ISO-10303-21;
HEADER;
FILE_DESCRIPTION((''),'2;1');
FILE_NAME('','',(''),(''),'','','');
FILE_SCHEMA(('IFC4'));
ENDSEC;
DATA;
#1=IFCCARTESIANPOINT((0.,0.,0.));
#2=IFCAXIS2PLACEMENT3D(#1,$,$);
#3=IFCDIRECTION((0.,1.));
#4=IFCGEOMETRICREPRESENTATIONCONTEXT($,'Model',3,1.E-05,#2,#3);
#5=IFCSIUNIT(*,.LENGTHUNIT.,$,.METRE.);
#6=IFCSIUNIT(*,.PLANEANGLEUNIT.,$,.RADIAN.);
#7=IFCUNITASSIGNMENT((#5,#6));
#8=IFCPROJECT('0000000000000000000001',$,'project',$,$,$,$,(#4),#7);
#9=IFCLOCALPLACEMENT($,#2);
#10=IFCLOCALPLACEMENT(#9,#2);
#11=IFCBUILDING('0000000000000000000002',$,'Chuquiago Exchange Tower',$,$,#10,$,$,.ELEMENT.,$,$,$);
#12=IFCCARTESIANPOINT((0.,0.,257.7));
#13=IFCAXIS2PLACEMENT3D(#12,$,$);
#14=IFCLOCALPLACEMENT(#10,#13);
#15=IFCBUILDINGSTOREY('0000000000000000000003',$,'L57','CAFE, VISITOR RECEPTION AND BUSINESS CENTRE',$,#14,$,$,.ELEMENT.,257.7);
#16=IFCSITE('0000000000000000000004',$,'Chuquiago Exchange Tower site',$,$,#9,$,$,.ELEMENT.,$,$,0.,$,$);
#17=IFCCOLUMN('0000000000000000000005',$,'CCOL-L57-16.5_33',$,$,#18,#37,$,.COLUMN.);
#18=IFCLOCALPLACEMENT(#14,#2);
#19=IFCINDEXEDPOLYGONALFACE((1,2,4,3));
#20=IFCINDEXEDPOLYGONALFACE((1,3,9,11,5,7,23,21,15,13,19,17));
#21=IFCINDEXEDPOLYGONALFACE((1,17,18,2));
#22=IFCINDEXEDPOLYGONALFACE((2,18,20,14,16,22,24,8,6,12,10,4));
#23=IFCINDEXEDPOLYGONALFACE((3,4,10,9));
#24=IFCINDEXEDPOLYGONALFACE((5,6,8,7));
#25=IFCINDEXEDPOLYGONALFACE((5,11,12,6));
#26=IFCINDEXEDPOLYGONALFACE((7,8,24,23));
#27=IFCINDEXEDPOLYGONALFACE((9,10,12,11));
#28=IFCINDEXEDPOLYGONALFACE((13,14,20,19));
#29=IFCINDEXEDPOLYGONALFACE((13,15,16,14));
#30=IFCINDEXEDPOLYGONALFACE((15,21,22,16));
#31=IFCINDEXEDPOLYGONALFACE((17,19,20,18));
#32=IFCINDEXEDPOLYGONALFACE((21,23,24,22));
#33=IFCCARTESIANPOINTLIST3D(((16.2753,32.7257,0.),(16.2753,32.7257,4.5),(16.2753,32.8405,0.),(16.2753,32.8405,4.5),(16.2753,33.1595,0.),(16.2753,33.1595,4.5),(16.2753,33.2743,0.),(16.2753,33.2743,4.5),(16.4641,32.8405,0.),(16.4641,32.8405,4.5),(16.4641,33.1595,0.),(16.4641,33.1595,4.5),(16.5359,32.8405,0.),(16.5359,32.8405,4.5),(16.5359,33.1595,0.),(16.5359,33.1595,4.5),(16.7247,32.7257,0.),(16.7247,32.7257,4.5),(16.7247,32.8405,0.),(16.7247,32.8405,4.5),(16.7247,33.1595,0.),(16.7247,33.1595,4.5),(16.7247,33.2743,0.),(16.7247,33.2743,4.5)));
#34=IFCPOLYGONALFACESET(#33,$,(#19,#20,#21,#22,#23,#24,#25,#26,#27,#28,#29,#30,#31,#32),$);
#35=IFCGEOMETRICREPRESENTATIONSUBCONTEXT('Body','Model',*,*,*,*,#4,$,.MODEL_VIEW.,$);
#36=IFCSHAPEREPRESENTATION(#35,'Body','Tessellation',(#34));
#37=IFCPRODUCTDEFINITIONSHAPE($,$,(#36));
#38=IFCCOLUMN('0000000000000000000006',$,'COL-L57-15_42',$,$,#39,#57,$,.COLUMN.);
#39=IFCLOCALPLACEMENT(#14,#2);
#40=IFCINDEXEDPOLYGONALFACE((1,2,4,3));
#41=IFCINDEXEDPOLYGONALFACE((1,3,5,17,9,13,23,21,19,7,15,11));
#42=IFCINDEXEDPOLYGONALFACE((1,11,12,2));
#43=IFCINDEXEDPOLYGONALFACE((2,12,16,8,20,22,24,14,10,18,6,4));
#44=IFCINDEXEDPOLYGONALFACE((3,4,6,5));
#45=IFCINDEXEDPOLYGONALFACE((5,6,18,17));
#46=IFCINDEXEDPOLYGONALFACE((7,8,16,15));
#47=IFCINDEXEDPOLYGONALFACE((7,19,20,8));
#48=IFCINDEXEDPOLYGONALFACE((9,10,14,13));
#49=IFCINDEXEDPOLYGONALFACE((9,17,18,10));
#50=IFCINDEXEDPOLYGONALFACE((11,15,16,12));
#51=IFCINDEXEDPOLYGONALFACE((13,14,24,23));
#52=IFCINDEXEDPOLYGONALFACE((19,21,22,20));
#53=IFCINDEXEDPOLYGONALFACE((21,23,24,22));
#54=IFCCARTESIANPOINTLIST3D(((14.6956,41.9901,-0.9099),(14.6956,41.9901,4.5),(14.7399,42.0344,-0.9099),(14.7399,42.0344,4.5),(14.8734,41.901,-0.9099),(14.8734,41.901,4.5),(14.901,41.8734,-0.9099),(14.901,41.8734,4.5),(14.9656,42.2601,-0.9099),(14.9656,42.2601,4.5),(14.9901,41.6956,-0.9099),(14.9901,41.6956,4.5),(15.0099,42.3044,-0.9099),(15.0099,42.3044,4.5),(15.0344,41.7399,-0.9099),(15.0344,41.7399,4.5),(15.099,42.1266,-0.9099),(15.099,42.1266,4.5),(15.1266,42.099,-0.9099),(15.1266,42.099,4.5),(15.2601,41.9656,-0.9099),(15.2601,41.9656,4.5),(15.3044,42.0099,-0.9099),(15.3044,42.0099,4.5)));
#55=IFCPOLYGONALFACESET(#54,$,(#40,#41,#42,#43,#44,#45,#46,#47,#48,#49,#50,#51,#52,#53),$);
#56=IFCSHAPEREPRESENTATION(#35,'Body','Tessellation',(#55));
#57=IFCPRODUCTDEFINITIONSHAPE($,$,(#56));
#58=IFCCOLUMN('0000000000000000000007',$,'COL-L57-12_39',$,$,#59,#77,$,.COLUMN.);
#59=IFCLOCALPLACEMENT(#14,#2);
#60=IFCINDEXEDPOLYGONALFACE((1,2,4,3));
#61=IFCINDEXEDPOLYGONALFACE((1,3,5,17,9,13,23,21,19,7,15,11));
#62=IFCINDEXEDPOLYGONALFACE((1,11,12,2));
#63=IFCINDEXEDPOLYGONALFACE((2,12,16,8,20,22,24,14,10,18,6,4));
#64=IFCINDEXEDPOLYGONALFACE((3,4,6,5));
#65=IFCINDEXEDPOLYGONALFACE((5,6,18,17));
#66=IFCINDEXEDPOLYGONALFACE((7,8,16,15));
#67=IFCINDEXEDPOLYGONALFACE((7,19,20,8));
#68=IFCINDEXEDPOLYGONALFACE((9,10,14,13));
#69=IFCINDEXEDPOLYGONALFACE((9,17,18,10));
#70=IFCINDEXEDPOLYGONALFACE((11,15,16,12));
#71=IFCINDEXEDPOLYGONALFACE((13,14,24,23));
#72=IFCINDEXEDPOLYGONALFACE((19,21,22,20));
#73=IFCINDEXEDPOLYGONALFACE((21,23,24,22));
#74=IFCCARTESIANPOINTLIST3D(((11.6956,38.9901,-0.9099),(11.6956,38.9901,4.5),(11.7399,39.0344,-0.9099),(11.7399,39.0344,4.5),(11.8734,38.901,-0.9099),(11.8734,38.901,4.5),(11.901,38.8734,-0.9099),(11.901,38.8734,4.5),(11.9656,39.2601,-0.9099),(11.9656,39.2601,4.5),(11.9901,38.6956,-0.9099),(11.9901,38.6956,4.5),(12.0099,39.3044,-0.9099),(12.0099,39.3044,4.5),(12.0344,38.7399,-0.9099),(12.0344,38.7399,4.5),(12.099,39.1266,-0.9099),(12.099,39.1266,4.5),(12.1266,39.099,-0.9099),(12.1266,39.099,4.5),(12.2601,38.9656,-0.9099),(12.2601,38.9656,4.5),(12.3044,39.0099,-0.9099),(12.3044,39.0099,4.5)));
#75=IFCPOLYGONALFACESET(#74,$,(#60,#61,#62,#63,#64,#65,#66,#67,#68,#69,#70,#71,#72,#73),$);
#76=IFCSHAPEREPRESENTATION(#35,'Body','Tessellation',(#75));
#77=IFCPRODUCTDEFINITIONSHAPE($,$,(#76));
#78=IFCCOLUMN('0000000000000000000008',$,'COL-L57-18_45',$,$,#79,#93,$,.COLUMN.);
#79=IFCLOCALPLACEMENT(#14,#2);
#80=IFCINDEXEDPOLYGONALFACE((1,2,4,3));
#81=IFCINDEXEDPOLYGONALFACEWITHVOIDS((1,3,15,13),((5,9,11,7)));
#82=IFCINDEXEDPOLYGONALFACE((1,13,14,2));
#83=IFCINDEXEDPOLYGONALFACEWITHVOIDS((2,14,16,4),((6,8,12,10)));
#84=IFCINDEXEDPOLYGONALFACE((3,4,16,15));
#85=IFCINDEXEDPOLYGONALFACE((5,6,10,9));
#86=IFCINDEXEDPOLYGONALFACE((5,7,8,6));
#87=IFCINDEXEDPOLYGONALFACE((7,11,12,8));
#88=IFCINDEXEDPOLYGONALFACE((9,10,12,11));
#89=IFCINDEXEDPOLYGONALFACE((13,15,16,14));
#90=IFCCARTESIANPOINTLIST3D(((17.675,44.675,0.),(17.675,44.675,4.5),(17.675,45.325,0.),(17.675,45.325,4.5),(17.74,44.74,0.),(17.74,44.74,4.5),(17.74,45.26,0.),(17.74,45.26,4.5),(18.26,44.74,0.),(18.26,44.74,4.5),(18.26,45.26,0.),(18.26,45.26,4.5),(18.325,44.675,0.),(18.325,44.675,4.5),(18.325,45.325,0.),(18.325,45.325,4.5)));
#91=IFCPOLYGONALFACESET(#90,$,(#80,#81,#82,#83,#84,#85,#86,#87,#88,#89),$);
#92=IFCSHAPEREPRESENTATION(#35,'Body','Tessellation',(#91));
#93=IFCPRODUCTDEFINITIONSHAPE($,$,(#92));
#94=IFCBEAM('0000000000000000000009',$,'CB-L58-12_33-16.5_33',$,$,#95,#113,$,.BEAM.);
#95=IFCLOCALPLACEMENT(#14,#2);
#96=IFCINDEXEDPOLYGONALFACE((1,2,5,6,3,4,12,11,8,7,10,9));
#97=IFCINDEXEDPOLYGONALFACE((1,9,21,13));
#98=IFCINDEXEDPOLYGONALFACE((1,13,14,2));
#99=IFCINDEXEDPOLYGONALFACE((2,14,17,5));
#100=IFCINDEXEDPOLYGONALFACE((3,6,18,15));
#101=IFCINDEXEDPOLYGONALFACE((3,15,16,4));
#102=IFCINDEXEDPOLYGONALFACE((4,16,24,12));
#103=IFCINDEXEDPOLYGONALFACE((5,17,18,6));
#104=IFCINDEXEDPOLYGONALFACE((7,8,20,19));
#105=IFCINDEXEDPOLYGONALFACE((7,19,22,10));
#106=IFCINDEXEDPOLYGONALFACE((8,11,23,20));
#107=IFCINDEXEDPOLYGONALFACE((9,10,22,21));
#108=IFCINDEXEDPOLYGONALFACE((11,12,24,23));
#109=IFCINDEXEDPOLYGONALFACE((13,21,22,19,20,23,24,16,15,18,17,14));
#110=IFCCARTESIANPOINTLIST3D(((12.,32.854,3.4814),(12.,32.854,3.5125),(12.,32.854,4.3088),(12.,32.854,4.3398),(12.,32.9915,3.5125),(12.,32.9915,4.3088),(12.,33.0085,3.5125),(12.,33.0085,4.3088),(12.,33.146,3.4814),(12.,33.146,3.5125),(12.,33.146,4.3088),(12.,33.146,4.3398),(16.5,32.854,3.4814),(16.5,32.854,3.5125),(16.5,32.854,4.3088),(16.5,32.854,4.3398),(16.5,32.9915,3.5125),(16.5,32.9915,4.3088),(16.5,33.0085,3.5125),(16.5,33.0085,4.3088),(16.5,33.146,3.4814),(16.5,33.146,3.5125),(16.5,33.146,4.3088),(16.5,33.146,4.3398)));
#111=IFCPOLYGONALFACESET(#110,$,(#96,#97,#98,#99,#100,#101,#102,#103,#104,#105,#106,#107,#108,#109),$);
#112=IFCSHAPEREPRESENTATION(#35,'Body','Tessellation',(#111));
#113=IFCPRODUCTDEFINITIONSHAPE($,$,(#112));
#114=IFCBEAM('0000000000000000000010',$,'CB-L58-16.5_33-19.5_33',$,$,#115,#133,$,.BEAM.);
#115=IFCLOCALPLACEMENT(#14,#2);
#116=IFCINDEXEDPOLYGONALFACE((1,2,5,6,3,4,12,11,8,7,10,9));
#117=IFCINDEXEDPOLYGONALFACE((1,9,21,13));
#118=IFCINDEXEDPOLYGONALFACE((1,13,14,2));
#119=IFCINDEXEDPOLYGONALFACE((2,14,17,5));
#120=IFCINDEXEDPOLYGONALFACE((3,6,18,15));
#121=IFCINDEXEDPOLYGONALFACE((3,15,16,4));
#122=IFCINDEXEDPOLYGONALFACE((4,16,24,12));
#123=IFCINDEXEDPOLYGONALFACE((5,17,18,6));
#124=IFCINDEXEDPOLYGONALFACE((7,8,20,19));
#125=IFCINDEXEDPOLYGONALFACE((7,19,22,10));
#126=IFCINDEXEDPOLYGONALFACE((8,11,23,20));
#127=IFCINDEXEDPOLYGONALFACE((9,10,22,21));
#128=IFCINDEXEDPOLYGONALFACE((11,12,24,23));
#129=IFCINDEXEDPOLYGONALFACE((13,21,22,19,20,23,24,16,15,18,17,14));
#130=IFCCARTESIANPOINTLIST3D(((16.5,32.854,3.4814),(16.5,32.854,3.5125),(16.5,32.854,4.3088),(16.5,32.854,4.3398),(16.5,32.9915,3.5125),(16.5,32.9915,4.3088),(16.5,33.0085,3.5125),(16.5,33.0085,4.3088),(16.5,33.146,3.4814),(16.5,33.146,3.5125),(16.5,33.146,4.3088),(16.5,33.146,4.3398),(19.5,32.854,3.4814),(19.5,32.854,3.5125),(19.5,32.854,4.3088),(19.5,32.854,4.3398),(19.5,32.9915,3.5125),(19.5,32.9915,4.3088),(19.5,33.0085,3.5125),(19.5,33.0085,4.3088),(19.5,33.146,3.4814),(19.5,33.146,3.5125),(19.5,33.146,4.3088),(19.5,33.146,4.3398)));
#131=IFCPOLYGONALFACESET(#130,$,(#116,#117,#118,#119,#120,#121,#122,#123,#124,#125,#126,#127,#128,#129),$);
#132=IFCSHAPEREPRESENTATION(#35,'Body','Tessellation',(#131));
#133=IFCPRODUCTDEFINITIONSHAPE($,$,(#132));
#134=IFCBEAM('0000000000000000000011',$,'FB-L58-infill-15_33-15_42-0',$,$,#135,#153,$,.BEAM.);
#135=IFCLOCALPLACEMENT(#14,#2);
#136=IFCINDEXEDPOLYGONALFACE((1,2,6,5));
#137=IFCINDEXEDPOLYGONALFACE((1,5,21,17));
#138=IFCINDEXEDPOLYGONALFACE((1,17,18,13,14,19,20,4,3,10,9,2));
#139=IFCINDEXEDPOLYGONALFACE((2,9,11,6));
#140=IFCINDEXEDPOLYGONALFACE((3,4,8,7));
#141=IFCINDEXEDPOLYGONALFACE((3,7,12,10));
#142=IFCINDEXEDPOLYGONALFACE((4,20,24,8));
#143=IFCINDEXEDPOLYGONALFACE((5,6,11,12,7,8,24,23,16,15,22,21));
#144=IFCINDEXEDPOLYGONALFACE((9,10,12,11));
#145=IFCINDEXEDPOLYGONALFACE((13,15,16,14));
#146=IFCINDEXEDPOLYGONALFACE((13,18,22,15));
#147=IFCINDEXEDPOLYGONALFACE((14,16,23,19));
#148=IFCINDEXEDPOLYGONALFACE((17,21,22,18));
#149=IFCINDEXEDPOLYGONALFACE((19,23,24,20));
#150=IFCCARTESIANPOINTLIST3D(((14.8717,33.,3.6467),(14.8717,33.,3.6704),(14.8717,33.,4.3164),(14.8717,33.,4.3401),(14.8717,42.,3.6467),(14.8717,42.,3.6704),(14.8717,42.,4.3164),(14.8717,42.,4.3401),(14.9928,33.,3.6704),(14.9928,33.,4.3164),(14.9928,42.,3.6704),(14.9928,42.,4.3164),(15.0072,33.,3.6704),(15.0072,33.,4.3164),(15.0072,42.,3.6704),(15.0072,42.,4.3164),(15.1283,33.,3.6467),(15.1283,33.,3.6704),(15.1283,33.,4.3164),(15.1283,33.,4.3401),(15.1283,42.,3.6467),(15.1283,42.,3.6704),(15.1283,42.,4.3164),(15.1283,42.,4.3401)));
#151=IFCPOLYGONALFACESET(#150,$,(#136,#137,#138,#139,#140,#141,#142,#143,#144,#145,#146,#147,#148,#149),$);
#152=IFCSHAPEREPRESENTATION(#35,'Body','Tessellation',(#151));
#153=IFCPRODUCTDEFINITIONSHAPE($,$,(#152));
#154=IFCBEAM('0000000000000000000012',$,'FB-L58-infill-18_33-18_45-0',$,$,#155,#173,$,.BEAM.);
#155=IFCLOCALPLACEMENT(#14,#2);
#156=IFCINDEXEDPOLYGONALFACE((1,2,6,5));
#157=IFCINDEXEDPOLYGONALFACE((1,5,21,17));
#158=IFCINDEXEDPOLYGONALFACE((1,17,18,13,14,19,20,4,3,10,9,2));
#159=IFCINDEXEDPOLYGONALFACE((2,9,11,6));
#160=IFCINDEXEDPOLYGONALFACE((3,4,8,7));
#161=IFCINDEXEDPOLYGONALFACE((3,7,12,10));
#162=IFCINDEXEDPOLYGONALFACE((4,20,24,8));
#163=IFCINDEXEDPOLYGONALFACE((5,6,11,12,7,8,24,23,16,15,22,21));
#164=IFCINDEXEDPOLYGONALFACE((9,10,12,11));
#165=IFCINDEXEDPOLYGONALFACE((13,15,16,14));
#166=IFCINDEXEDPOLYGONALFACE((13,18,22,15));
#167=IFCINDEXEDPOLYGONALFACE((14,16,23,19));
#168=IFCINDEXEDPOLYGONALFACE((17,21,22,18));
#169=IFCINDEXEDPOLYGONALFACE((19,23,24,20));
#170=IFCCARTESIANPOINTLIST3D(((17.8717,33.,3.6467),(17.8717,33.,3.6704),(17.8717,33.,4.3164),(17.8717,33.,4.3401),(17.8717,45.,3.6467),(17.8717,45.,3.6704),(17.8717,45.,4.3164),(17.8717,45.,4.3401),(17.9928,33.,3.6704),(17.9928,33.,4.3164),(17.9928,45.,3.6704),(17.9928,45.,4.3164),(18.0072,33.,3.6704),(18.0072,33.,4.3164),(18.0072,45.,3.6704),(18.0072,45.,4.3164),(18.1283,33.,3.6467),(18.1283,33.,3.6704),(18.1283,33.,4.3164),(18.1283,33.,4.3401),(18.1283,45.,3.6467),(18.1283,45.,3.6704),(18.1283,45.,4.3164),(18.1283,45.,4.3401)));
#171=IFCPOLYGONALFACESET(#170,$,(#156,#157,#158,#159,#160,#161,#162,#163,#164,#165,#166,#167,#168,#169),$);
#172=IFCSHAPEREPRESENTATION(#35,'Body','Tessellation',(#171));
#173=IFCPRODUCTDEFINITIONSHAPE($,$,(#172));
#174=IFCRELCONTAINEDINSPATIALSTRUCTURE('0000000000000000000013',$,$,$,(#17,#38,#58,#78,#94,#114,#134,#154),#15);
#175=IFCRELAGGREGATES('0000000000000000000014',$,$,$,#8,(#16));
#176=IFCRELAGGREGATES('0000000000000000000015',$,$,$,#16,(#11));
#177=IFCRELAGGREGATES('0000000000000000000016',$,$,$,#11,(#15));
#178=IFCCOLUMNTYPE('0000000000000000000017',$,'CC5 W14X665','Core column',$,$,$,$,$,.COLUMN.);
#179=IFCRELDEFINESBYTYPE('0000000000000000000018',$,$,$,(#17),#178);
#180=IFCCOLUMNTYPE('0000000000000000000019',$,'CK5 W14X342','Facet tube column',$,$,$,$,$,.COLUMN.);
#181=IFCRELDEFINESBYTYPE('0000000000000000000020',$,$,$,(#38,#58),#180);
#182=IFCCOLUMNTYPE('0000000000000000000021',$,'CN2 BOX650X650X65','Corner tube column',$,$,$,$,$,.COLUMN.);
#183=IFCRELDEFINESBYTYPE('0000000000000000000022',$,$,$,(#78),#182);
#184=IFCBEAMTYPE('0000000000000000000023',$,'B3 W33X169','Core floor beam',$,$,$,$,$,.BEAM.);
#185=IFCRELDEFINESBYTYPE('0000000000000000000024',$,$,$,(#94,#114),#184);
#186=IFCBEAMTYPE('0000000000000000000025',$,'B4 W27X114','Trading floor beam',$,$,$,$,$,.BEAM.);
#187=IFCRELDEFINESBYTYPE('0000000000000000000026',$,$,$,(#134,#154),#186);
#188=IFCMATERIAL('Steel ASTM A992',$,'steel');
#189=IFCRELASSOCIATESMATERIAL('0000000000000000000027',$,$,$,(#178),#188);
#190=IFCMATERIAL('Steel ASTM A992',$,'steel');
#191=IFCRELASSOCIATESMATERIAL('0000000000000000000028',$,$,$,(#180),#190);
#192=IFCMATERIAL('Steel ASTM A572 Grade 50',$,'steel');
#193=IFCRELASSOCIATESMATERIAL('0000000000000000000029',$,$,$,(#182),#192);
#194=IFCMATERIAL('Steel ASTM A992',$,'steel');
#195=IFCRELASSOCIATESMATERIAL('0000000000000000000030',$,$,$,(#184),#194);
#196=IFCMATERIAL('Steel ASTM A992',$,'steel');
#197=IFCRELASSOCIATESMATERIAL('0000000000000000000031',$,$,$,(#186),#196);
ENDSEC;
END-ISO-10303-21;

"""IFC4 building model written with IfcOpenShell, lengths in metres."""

from ifc_helpers import new_model, si_unit, direction, frame, origin, origin_2d, place, context, subcontext, project, spatial, hollow_rectangle, i_section, extrude, material, material_profile, profile_set, type_object, element, save


model = new_model("IFC4")

# Units and contexts
model_context = context("Model", 3, precision=1e-05, world=origin(), true_north=direction((0.0, 1.0)))
body_context = subcontext(model_context, "Body", "Model", "MODEL_VIEW")
ifc_project = project(units=[si_unit("LENGTHUNIT", "METRE"), si_unit("PLANEANGLEUNIT", "RADIAN")], contexts=[model_context])

# Site, building, storey
site_placement = place(None, origin())
site = spatial("IfcSite", under=ifc_project, at=site_placement, Name="Chuquiago Exchange Tower site", CompositionType="ELEMENT", RefElevation=0.0)
building_placement = place(site_placement, origin())
building = spatial("IfcBuilding", under=site, at=building_placement, Name="Chuquiago Exchange Tower", CompositionType="ELEMENT")
storey_placement = place(building_placement, frame((0.0, 0.0, 257.7)))
storey = spatial("IfcBuildingStorey", under=building, at=storey_placement, Name="L57", Description="CAFE, VISITOR RECEPTION AND BUSINESS CENTRE", CompositionType="ELEMENT", Elevation=257.7)

# Columns
ifc_material_1 = material(Name="Steel ASTM A992", Category="steel")
ifc_material_profile_1 = material_profile(ifc_material_1, i_section(OverallWidth=0.4495, OverallDepth=0.5486, WebThickness=0.0718, FlangeThickness=0.1147, at=origin_2d()), Name="W14X665")
ifc_profile_set_1 = profile_set([ifc_material_profile_1], Name="Steel ASTM A992")
column_type_1 = type_object("IfcColumnType", Name="CC5 W14X665", Description="Core column", PredefinedType="COLUMN", material=ifc_profile_set_1)
column_1_placement = place(storey_placement, frame((16.5, 33.0, 0.0), z_axis=(0.0, 0.0, 1.0), x_axis=(1.0, 0.0, 0.0)))
element("IfcColumn", 1, at=column_1_placement, inside=storey, type_object=column_type_1, Name="CCOL-L57-16.5_33", PredefinedType="COLUMN", context=body_context, shape_type="SweptSolid", body=[
    extrude(i_section(OverallWidth=0.4495, OverallDepth=0.5486, WebThickness=0.0718, FlangeThickness=0.1147, at=origin_2d()), origin(), (0.0, 0.0, 1.0), 4.5),
])
ifc_material_2 = material(Name="Steel ASTM A992", Category="steel")
ifc_material_profile_2 = material_profile(ifc_material_2, i_section(OverallWidth=0.4165, OverallDepth=0.4446, WebThickness=0.0391, FlangeThickness=0.0627, at=origin_2d()), Name="W14X342")
ifc_profile_set_2 = profile_set([ifc_material_profile_2], Name="Steel ASTM A992")
column_type_2 = type_object("IfcColumnType", Name="CK5 W14X342", Description="Facet tube column", PredefinedType="COLUMN", material=ifc_profile_set_2)
for number, where, z_axis, x_axis, name in (
    (2, (15.0, 42.0, -0.9099), (0.0, 0.0, 1.0), (-0.707107, 0.707107, 0.0), "COL-L57-15_42"),
    (3, (12.0, 39.0, -0.9099), (0.0, 0.0, 1.0), (-0.707107, 0.707107, 0.0), "COL-L57-12_39"),
):
    element("IfcColumn", number, at=place(storey_placement, frame(where, z_axis=z_axis, x_axis=x_axis)), inside=storey, type_object=column_type_2, Name=name, PredefinedType="COLUMN", context=body_context, shape_type="SweptSolid", body=[
        extrude(i_section(OverallWidth=0.4165, OverallDepth=0.4446, WebThickness=0.0391, FlangeThickness=0.0627, at=origin_2d()), origin(), (0.0, 0.0, 1.0), 5.4099),
    ])
ifc_material_3 = material(Name="Steel ASTM A572 Grade 50", Category="steel")
ifc_material_profile_3 = material_profile(ifc_material_3, hollow_rectangle(XDim=0.6499, YDim=0.6499, WallThickness=0.0649, at=origin_2d()), Name="BOX650X650X65")
ifc_profile_set_3 = profile_set([ifc_material_profile_3], Name="Steel ASTM A572 Grade 50")
column_type_3 = type_object("IfcColumnType", Name="CN2 BOX650X650X65", Description="Corner tube column", PredefinedType="COLUMN", material=ifc_profile_set_3)
column_2_placement = place(storey_placement, frame((18.0, 45.0, 0.0), z_axis=(0.0, 0.0, 1.0), x_axis=(0.0, 1.0, 0.0)))
element("IfcColumn", 4, at=column_2_placement, inside=storey, type_object=column_type_3, Name="COL-L57-18_45", PredefinedType="COLUMN", context=body_context, shape_type="SweptSolid", body=[
    extrude(hollow_rectangle(XDim=0.6499, YDim=0.6499, WallThickness=0.0649, at=origin_2d()), origin(), (0.0, 0.0, 1.0), 4.5),
])

# Beams
ifc_material_4 = material(Name="Steel ASTM A992", Category="steel")
ifc_material_profile_4 = material_profile(ifc_material_4, i_section(OverallWidth=0.292, OverallDepth=0.8584, WebThickness=0.0171, FlangeThickness=0.031, at=origin_2d()), Name="W33X169")
ifc_profile_set_4 = profile_set([ifc_material_profile_4], Name="Steel ASTM A992")
beam_type_1 = type_object("IfcBeamType", Name="B3 W33X169", Description="Core floor beam", PredefinedType="BEAM", material=ifc_profile_set_4)
beam_1_placement = place(storey_placement, frame((12.0, 33.0, 3.9106), z_axis=(1.0, 0.0, 0.0), x_axis=(0.0, 1.0, 0.0)))
element("IfcBeam", 5, at=beam_1_placement, inside=storey, type_object=beam_type_1, Name="CB-L58-12_33-16.5_33", PredefinedType="BEAM", context=body_context, shape_type="SweptSolid", body=[
    extrude(i_section(OverallWidth=0.292, OverallDepth=0.8584, WebThickness=0.0171, FlangeThickness=0.031, at=origin_2d()), origin(), (0.0, 0.0, 1.0), 4.5),
])
beam_2_placement = place(storey_placement, frame((16.5, 33.0, 3.9106), z_axis=(1.0, 0.0, 0.0), x_axis=(0.0, 1.0, 0.0)))
element("IfcBeam", 6, at=beam_2_placement, inside=storey, type_object=beam_type_1, Name="CB-L58-16.5_33-19.5_33", PredefinedType="BEAM", context=body_context, shape_type="SweptSolid", body=[
    extrude(i_section(OverallWidth=0.292, OverallDepth=0.8584, WebThickness=0.0171, FlangeThickness=0.031, at=origin_2d()), origin(), (0.0, 0.0, 1.0), 3.0),
])
ifc_material_5 = material(Name="Steel ASTM A992", Category="steel")
ifc_material_profile_5 = material_profile(ifc_material_5, i_section(OverallWidth=0.2566, OverallDepth=0.6934, WebThickness=0.0144, FlangeThickness=0.0237, at=origin_2d()), Name="W27X114")
ifc_profile_set_5 = profile_set([ifc_material_profile_5], Name="Steel ASTM A992")
beam_type_2 = type_object("IfcBeamType", Name="B4 W27X114", Description="Trading floor beam", PredefinedType="BEAM", material=ifc_profile_set_5)
beam_3_placement = place(storey_placement, frame((15.0, 33.0, 3.9934), z_axis=(0.0, 1.0, 0.0), x_axis=(-1.0, 0.0, 0.0)))
element("IfcBeam", 7, at=beam_3_placement, inside=storey, type_object=beam_type_2, Name="FB-L58-infill-15_33-15_42-0", PredefinedType="BEAM", context=body_context, shape_type="SweptSolid", body=[
    extrude(i_section(OverallWidth=0.2566, OverallDepth=0.6934, WebThickness=0.0144, FlangeThickness=0.0237, at=origin_2d()), origin(), (0.0, 0.0, 1.0), 9.0),
])
beam_4_placement = place(storey_placement, frame((18.0, 33.0, 3.9934), z_axis=(0.0, 1.0, 0.0), x_axis=(-1.0, 0.0, 0.0)))
element("IfcBeam", 8, at=beam_4_placement, inside=storey, type_object=beam_type_2, Name="FB-L58-infill-18_33-18_45-0", PredefinedType="BEAM", context=body_context, shape_type="SweptSolid", body=[
    extrude(i_section(OverallWidth=0.2566, OverallDepth=0.6934, WebThickness=0.0144, FlangeThickness=0.0237, at=origin_2d()), origin(), (0.0, 0.0, 1.0), 12.0),
])

save(model, "model.ifc")
